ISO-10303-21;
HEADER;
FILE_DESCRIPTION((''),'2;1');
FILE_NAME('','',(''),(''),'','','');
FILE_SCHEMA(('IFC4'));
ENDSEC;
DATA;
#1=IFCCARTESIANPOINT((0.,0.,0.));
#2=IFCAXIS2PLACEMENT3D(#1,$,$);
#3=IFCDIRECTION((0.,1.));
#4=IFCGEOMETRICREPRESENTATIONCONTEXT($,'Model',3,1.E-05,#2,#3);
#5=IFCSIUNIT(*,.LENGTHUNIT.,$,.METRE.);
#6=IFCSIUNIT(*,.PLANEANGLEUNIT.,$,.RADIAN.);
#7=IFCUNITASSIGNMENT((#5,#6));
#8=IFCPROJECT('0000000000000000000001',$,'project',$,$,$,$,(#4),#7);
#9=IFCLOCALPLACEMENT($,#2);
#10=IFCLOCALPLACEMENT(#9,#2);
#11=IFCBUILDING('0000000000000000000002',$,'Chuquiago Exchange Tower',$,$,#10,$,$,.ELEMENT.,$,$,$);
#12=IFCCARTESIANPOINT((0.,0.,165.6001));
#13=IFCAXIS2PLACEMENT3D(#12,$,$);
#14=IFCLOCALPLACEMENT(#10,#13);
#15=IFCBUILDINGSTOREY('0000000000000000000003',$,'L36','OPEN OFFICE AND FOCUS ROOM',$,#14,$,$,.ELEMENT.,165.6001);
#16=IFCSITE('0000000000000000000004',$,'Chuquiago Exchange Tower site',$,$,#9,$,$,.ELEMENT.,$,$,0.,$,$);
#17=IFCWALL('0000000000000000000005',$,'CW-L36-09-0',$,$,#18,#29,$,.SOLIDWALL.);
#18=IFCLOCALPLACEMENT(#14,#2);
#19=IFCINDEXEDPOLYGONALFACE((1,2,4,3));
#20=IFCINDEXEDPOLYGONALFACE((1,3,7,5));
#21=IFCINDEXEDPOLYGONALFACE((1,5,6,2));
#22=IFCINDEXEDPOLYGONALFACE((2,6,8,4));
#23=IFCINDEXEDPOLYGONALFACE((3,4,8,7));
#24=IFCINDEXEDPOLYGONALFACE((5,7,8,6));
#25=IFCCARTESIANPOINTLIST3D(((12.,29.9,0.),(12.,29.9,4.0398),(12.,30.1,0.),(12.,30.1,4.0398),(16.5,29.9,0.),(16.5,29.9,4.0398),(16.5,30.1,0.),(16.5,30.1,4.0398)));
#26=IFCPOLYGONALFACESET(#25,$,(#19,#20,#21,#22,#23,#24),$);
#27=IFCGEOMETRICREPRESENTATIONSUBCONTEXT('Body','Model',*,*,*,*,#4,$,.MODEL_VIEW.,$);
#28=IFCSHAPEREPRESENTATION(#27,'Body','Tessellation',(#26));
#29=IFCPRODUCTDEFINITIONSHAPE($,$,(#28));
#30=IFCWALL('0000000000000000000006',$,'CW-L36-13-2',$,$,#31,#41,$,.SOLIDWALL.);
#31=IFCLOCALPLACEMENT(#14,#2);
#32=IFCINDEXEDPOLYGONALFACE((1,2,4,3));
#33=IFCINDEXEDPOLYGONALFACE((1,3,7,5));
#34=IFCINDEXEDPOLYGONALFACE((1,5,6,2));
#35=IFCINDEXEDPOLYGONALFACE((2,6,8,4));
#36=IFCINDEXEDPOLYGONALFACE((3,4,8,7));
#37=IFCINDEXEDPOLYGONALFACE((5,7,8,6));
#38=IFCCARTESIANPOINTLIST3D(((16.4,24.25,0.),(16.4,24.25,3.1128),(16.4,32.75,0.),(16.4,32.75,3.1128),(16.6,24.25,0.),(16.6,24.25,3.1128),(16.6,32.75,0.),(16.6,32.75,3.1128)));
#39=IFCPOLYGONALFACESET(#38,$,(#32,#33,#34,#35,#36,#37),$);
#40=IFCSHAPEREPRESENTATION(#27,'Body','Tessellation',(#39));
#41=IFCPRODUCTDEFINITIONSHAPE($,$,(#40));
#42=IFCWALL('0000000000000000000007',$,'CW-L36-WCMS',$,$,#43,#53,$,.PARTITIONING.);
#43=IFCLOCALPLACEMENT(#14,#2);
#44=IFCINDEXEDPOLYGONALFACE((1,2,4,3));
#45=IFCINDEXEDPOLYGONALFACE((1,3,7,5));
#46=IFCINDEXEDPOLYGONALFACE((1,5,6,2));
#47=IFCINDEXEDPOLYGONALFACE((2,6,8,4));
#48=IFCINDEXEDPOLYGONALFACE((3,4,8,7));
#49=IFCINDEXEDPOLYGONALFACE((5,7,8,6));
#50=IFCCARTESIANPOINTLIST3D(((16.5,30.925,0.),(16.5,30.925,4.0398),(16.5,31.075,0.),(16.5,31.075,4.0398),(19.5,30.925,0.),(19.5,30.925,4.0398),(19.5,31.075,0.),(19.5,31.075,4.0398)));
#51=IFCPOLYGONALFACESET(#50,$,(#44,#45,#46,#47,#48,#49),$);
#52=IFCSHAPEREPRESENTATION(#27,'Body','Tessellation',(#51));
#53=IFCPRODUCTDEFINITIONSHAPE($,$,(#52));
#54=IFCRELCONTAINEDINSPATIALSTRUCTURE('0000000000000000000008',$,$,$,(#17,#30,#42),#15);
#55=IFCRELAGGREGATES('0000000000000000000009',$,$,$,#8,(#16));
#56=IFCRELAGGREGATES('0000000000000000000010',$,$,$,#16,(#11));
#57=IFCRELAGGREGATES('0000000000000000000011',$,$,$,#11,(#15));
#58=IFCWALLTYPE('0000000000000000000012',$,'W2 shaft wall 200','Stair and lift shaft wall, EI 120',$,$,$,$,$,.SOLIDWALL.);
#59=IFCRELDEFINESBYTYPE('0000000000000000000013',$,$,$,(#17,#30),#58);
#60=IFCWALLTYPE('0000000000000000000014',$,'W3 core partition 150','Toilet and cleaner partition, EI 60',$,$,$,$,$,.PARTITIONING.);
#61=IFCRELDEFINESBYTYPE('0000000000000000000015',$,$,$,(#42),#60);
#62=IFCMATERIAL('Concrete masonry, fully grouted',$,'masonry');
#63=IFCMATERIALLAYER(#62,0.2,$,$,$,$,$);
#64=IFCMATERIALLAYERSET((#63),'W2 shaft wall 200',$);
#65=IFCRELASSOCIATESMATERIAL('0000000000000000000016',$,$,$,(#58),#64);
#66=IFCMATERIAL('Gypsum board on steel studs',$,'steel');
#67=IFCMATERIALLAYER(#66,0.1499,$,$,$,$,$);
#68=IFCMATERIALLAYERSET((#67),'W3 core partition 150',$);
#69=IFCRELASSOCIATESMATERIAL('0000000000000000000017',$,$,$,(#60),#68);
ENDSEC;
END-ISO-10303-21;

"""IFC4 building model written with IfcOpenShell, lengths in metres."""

from ifc_helpers import new_model, si_unit, direction, frame, frame_2d, origin, place, context, subcontext, project, spatial, rectangle, extrude, material, layer, layer_set, type_object, element, save


model = new_model("IFC4")

# Units and contexts
model_context = context("Model", 3, precision=1e-05, world=origin(), true_north=direction((0.0, 1.0)))
body_context = subcontext(model_context, "Body", "Model", "MODEL_VIEW")
ifc_project = project(units=[si_unit("LENGTHUNIT", "METRE"), si_unit("PLANEANGLEUNIT", "RADIAN")], contexts=[model_context])

# Site, building, storey
site_placement = place(None, origin())
site = spatial("IfcSite", under=ifc_project, at=site_placement, Name="Chuquiago Exchange Tower site", CompositionType="ELEMENT", RefElevation=0.0)
building_placement = place(site_placement, origin())
building = spatial("IfcBuilding", under=site, at=building_placement, Name="Chuquiago Exchange Tower", CompositionType="ELEMENT")
storey_placement = place(building_placement, frame((0.0, 0.0, 165.6001)))
storey = spatial("IfcBuildingStorey", under=building, at=storey_placement, Name="L36", Description="OPEN OFFICE AND FOCUS ROOM", CompositionType="ELEMENT", Elevation=165.6001)

# Shared definitions
ifc_material_1 = material(Name="Concrete masonry, fully grouted", Category="masonry")
ifc_layer_1 = layer(ifc_material_1, 0.2)
ifc_layer_set_1 = layer_set([ifc_layer_1], Name="W2 shaft wall 200")
wall_type_1 = type_object("IfcWallType", Name="W2 shaft wall 200", Description="Stair and lift shaft wall, EI 120", PredefinedType="SOLIDWALL", material=ifc_layer_set_1)

# Walls
wall_1_placement = place(storey_placement, frame((12.0, 30.0, 0.0), z_axis=(0.0, 0.0, 1.0), x_axis=(1.0, 0.0, 0.0)))
element("IfcWall", 1, at=wall_1_placement, inside=storey, type_object=wall_type_1, Name="CW-L36-09-0", PredefinedType="SOLIDWALL", context=body_context, shape_type="SweptSolid", body=[
    extrude(rectangle(XDim=4.5, YDim=0.2, at=frame_2d((2.25, 0.0))), origin(), (0.0, 0.0, 1.0), 4.0398),
])
wall_2_placement = place(storey_placement, frame((16.5, 24.25, 0.0), z_axis=(0.0, 0.0, 1.0), x_axis=(0.0, 1.0, 0.0)))
element("IfcWall", 2, at=wall_2_placement, inside=storey, type_object=wall_type_1, Name="CW-L36-13-2", PredefinedType="SOLIDWALL", context=body_context, shape_type="SweptSolid", body=[
    extrude(rectangle(XDim=8.5, YDim=0.2, at=frame_2d((4.25, 0.0))), origin(), (0.0, 0.0, 1.0), 3.1128),
])
ifc_material_2 = material(Name="Gypsum board on steel studs", Category="steel")
ifc_layer_2 = layer(ifc_material_2, 0.1499)
ifc_layer_set_2 = layer_set([ifc_layer_2], Name="W3 core partition 150")
wall_type_2 = type_object("IfcWallType", Name="W3 core partition 150", Description="Toilet and cleaner partition, EI 60", PredefinedType="PARTITIONING", material=ifc_layer_set_2)
wall_3_placement = place(storey_placement, frame((16.5, 31.0, 0.0), z_axis=(0.0, 0.0, 1.0), x_axis=(1.0, 0.0, 0.0)))
element("IfcWall", 3, at=wall_3_placement, inside=storey, type_object=wall_type_2, Name="CW-L36-WCMS", PredefinedType="PARTITIONING", context=body_context, shape_type="SweptSolid", body=[
    extrude(rectangle(XDim=3.0, YDim=0.1499, at=frame_2d((1.5, 0.0))), origin(), (0.0, 0.0, 1.0), 4.0398),
])

save(model, "model.ifc")
